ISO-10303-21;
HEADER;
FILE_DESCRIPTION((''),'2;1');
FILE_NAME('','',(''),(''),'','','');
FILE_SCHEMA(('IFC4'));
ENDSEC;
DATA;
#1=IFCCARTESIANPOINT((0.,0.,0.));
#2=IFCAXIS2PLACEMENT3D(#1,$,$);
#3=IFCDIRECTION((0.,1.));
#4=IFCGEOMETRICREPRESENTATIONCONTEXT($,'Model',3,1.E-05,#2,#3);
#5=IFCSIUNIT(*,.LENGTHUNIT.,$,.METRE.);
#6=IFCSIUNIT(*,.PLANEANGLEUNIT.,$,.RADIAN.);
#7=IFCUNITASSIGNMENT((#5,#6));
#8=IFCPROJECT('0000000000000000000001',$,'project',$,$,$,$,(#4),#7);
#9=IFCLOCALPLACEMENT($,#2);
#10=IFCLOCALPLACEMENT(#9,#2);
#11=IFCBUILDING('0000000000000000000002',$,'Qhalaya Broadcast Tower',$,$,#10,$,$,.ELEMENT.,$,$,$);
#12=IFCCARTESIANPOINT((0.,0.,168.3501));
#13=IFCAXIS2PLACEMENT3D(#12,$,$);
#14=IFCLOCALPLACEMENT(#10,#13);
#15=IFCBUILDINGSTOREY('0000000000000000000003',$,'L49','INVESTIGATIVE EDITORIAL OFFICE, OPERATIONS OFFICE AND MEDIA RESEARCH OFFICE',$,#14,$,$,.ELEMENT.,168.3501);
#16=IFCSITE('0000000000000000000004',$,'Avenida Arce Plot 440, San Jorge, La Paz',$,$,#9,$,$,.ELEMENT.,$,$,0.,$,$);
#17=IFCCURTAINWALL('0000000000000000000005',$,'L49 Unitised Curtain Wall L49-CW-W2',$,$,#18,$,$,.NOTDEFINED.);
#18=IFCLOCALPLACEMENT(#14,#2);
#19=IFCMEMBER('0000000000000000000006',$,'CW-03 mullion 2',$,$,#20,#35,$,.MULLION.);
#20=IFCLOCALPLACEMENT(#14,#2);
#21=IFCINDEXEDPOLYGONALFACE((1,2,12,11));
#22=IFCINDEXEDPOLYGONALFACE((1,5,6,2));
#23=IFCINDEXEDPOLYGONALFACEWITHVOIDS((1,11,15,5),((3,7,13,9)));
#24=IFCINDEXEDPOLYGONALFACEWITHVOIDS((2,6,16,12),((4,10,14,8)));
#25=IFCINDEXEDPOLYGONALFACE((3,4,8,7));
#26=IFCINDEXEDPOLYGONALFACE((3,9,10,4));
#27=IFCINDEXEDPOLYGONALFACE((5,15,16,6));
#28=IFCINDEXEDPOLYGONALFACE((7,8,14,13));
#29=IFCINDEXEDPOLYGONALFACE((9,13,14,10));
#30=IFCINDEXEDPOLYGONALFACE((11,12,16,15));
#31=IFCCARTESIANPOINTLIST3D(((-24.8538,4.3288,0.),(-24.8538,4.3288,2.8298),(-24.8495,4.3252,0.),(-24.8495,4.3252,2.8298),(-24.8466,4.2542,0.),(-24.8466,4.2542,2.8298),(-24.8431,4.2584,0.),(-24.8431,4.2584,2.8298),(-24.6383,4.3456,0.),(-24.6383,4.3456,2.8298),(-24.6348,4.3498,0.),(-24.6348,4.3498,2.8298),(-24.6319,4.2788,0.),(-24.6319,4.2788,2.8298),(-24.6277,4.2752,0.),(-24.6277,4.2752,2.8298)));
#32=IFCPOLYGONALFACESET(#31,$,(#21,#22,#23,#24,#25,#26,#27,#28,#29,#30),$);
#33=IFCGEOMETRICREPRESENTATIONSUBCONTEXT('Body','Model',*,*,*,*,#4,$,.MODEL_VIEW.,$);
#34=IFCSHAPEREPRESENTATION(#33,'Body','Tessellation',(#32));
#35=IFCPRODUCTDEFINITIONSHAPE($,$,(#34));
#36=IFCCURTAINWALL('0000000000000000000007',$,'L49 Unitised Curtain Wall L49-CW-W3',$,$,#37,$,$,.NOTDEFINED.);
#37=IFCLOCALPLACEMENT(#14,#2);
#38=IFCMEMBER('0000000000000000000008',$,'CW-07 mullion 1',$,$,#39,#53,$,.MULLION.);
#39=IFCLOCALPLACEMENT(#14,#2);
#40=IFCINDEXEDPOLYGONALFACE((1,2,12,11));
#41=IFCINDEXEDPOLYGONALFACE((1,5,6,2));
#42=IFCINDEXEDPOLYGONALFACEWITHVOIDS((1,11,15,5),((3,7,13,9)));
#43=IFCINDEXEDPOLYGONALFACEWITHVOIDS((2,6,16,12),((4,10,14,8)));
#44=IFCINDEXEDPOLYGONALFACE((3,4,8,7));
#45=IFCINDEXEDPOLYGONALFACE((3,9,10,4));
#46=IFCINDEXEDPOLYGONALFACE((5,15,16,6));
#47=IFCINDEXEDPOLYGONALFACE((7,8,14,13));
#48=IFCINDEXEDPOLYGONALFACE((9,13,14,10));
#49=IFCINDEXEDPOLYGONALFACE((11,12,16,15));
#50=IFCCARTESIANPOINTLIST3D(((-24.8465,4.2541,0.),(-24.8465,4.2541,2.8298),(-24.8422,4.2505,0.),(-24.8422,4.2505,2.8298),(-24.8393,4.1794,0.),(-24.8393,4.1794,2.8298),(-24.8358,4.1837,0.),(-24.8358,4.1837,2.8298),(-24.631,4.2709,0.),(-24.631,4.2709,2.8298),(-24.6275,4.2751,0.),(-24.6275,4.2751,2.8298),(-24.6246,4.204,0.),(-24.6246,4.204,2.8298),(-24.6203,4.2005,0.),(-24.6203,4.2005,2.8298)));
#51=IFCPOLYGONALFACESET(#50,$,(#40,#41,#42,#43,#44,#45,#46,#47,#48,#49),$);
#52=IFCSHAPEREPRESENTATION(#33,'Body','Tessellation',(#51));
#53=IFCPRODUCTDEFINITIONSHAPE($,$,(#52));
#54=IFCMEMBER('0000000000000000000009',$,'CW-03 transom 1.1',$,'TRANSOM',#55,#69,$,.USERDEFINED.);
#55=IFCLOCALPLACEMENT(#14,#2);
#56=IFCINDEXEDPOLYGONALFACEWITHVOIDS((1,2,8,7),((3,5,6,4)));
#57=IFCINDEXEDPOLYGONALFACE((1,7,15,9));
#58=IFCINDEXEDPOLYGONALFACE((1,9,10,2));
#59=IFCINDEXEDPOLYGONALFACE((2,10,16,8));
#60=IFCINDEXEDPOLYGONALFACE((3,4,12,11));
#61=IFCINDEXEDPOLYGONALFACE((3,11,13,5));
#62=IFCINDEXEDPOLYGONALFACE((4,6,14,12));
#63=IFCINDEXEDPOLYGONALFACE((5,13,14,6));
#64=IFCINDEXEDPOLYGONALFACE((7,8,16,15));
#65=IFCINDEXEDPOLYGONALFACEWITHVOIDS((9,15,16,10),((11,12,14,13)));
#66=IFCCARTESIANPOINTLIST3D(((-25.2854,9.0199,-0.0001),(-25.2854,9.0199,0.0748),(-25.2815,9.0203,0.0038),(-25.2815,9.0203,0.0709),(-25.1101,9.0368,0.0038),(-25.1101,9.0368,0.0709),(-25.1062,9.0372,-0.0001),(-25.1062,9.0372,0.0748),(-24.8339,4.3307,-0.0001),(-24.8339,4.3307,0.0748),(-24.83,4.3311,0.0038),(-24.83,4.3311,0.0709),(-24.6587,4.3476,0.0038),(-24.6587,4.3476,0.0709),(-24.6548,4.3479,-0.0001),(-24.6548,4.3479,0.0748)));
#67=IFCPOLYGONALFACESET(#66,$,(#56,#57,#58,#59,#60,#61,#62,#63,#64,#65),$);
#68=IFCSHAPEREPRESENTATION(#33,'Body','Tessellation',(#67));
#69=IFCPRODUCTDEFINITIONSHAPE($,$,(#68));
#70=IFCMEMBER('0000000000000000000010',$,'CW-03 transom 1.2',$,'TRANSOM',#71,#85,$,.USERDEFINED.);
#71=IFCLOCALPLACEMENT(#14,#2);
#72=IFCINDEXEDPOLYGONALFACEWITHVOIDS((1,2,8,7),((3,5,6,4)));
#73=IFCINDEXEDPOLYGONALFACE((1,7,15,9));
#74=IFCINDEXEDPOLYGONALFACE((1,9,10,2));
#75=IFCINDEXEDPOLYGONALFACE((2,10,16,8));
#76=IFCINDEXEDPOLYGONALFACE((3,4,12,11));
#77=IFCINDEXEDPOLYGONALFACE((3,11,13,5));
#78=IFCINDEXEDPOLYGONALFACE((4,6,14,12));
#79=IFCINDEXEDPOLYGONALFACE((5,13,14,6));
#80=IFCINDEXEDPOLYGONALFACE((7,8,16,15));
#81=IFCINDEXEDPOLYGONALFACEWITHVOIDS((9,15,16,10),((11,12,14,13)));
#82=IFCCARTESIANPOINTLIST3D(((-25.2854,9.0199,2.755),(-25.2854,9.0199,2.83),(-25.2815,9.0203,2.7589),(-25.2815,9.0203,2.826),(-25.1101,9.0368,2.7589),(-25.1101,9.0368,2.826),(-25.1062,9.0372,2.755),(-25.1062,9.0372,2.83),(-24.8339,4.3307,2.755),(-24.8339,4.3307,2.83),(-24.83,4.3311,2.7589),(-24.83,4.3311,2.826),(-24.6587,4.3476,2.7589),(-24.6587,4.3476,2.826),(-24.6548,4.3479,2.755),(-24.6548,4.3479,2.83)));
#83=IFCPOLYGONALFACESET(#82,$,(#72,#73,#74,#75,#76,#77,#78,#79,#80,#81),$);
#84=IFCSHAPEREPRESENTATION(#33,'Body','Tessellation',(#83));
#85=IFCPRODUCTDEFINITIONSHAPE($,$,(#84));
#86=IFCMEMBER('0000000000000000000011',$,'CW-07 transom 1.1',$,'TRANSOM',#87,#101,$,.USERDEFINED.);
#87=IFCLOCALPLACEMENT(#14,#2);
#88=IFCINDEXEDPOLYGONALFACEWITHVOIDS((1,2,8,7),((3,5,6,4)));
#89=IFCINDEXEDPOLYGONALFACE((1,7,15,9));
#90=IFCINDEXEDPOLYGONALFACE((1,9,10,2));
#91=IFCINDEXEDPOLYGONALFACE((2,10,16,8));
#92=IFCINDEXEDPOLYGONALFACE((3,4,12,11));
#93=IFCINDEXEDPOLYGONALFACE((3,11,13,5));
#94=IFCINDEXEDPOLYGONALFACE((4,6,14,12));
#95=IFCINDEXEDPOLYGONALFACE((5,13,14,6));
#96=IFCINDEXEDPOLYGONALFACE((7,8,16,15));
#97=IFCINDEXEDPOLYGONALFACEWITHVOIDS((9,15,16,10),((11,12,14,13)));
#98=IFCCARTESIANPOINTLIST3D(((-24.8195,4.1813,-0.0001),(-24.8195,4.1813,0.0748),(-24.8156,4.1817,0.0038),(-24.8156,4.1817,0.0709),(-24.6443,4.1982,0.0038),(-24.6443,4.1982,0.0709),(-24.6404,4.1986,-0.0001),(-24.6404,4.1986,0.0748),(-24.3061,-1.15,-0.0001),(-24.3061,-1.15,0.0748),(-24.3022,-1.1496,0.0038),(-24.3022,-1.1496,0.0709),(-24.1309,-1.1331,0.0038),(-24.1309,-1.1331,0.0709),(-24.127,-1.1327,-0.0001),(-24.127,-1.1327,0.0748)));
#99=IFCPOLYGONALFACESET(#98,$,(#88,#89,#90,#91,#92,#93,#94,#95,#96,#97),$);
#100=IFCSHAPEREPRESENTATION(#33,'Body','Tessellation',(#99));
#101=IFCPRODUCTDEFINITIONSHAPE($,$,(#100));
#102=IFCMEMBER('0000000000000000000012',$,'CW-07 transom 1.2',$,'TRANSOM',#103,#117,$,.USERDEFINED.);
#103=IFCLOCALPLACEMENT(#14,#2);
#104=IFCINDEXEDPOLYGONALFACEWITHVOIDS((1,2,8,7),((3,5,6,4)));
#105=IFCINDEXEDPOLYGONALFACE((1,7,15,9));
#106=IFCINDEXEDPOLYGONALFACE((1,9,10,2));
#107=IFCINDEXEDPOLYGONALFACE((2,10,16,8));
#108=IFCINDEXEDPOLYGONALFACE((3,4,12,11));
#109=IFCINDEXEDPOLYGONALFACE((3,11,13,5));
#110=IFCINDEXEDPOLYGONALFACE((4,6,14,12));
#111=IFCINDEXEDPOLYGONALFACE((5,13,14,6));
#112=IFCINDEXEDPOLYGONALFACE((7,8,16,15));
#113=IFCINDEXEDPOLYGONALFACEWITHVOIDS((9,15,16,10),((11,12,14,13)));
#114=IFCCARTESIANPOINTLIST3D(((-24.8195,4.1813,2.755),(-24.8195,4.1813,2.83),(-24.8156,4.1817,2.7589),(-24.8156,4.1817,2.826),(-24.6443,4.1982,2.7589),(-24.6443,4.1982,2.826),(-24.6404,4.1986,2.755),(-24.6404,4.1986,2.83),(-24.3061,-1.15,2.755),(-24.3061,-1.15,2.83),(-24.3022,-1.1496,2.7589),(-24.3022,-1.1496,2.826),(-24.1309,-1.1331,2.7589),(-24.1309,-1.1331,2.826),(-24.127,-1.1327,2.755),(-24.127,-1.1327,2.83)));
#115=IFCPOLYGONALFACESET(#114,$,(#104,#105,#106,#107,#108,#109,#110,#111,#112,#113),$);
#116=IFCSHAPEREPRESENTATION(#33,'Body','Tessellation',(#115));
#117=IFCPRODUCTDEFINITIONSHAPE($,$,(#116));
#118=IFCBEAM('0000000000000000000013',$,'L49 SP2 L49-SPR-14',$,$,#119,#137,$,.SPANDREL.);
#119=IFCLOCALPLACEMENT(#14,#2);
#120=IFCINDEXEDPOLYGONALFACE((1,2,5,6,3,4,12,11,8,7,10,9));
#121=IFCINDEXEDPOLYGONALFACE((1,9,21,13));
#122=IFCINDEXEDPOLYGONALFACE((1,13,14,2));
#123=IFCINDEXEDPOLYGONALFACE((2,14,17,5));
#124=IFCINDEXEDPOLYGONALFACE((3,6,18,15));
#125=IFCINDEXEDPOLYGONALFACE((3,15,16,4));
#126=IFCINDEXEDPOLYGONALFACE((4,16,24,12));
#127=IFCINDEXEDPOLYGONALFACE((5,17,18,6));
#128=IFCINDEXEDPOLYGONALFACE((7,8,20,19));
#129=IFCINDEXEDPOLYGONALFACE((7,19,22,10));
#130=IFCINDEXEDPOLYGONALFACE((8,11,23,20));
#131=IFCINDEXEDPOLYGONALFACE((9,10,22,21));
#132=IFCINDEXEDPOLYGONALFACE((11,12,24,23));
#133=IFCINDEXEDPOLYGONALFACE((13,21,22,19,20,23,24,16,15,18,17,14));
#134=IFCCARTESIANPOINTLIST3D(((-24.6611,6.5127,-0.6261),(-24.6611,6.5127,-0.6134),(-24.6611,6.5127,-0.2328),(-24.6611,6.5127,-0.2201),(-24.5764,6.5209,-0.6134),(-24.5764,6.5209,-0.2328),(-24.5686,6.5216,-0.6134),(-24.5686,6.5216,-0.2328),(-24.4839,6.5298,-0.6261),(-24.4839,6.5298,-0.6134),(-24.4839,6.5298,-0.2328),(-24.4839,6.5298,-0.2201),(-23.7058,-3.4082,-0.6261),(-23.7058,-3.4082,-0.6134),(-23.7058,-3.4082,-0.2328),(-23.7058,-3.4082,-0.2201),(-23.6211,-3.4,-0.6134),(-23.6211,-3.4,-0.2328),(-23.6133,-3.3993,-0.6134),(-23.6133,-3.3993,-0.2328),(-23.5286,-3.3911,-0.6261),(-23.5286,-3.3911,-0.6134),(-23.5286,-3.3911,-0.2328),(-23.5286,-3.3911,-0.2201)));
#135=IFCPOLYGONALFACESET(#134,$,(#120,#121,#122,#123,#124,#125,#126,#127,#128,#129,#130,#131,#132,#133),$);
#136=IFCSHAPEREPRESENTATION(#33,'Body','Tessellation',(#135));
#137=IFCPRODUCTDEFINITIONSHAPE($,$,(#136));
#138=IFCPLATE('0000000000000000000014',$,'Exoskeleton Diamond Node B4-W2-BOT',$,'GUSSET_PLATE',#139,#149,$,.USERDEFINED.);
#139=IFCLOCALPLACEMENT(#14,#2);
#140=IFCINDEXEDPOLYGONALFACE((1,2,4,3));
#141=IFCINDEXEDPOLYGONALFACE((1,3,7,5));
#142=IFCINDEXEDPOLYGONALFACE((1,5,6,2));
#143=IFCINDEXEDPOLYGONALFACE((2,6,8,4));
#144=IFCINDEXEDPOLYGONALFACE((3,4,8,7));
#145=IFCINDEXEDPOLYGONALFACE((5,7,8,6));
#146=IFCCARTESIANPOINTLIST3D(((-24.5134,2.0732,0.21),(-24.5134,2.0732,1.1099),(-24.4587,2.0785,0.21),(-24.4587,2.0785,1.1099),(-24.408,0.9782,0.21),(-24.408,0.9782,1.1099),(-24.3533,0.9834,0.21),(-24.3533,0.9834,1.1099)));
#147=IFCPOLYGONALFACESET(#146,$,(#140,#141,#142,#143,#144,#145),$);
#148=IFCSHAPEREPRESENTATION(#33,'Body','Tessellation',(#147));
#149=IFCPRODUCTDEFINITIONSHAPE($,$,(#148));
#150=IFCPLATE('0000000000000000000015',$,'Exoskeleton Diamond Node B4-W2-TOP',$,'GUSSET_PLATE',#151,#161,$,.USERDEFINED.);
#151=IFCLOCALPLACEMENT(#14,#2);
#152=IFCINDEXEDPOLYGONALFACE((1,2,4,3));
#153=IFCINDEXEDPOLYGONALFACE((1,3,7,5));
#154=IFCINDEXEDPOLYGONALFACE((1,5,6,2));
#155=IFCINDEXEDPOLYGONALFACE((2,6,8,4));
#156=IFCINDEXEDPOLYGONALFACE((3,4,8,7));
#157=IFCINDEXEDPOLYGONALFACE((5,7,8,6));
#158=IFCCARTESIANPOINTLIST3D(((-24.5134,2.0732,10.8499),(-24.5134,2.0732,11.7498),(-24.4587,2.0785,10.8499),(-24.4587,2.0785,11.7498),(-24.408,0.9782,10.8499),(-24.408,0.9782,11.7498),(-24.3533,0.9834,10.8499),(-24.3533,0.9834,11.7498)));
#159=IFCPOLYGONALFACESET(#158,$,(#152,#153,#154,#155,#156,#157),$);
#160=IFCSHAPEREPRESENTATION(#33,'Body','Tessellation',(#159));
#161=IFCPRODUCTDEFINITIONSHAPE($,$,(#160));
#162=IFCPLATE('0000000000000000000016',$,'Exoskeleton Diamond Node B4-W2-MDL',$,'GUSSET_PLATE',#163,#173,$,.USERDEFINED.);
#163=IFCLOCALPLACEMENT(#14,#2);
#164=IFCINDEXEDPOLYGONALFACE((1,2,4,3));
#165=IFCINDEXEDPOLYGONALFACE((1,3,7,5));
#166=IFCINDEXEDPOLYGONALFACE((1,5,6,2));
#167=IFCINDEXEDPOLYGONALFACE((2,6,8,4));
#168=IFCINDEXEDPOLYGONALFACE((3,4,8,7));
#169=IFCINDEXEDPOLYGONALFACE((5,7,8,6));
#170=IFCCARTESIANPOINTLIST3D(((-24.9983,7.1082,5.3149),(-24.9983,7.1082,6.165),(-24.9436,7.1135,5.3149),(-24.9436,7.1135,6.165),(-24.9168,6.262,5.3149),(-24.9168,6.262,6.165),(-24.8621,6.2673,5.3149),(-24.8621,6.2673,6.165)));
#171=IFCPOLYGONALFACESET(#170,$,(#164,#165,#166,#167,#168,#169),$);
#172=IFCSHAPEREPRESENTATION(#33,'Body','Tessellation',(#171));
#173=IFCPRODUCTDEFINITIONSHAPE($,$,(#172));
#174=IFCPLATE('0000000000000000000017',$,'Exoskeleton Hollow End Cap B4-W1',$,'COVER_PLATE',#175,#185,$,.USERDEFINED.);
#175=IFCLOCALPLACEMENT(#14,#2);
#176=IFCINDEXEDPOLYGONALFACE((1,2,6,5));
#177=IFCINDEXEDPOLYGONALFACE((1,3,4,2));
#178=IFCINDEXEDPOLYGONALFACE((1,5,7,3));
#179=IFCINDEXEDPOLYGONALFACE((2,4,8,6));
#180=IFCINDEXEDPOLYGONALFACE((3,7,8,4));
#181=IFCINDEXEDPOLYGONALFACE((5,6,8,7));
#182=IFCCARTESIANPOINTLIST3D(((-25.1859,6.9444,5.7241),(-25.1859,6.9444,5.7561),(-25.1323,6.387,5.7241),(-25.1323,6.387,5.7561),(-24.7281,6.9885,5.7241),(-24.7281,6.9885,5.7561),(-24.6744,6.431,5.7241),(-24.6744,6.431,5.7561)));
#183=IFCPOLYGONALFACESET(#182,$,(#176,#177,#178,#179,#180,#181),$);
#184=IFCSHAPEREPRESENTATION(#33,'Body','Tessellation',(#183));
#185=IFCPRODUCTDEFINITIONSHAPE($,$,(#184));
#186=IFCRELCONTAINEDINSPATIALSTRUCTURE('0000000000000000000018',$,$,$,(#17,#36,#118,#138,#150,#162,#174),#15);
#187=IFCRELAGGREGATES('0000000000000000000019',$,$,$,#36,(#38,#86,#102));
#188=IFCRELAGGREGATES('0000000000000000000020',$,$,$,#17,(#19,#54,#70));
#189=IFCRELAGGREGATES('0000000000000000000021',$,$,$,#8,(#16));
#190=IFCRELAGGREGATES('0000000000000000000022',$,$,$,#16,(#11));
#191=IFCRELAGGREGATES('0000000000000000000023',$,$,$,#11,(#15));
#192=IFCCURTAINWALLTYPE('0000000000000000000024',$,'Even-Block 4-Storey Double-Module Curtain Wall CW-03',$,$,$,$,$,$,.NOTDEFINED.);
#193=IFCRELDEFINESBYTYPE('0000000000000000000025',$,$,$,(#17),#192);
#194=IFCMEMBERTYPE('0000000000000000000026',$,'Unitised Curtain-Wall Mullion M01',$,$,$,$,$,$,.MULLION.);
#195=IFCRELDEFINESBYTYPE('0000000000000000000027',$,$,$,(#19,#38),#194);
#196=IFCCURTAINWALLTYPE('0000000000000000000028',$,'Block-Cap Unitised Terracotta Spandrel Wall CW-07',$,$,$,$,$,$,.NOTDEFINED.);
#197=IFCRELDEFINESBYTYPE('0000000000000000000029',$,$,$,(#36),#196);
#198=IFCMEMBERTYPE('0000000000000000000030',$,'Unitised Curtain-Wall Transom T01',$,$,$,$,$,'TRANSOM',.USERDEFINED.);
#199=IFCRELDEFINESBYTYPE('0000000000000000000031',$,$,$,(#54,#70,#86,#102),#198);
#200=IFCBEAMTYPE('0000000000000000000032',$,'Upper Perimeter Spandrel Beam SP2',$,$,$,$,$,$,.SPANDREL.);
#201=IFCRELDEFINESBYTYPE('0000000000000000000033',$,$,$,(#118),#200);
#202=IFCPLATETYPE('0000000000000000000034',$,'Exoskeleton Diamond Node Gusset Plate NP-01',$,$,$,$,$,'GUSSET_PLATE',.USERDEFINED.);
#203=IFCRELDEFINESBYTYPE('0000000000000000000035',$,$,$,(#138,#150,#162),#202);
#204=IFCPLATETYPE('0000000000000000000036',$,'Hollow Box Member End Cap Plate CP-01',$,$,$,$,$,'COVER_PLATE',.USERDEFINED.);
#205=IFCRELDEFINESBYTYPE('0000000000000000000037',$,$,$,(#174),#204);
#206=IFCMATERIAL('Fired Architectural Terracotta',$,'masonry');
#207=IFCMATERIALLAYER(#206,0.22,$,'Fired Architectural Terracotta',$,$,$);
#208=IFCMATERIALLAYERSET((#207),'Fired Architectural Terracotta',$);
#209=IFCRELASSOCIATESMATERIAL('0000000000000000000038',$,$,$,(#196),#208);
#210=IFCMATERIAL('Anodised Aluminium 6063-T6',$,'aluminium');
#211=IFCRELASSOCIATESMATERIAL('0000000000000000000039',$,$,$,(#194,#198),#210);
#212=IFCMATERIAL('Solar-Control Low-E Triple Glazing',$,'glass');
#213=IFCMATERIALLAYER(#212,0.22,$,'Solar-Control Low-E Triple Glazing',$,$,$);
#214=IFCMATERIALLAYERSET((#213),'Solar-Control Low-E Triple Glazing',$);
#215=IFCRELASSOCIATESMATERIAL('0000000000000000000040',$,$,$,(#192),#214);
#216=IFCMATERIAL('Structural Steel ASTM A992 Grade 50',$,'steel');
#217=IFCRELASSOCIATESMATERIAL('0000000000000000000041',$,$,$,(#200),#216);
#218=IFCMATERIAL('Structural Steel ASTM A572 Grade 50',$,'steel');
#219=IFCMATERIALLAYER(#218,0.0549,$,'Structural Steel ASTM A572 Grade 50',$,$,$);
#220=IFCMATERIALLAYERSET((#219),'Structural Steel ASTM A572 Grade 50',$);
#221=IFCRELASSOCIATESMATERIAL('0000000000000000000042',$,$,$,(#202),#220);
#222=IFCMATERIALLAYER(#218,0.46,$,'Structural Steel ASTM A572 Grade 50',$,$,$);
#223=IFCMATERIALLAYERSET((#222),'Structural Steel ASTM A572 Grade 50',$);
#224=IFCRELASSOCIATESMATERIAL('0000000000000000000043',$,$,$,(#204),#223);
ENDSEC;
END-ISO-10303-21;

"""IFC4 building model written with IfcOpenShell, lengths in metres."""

from ifc_helpers import new_model, si_unit, direction, frame, origin, origin_2d, place, context, subcontext, project, spatial, rectangle, hollow_rectangle, i_section, extrude, material, layer, layer_set, material_profile, profile_set, type_object, element, aggregate, save


model = new_model("IFC4")

# Units and contexts
model_context = context("Model", 3, precision=1e-05, world=origin(), true_north=direction((0.0, 1.0)))
body_context = subcontext(model_context, "Body", "Model", "MODEL_VIEW")
ifc_project = project(units=[si_unit("LENGTHUNIT", "METRE"), si_unit("PLANEANGLEUNIT", "RADIAN")], contexts=[model_context])

# Site, building, storey
site_placement = place(None, origin())
site = spatial("IfcSite", under=ifc_project, at=site_placement, Name="Avenida Arce Plot 440, San Jorge, La Paz", CompositionType="ELEMENT", RefElevation=0.0)
building_placement = place(site_placement, origin())
building = spatial("IfcBuilding", under=site, at=building_placement, Name="Qhalaya Broadcast Tower", CompositionType="ELEMENT")
storey_placement = place(building_placement, frame((0.0, 0.0, 168.3501)))
storey = spatial("IfcBuildingStorey", under=building, at=storey_placement, Name="L49", Description="INVESTIGATIVE EDITORIAL OFFICE, OPERATIONS OFFICE AND MEDIA RESEARCH OFFICE", CompositionType="ELEMENT", Elevation=168.3501)

# Shared definitions
ifc_material_1 = material(Name="Structural Steel ASTM A572 Grade 50", Category="steel")

# Shared definitions
ifc_material_2 = material(Name="Structural Steel ASTM A992 Grade 50", Category="steel")

# Shared definitions
ifc_material_3 = material(Name="Fired Architectural Terracotta", Category="masonry")
ifc_layer_1 = layer(ifc_material_3, 0.22, Name="Fired Architectural Terracotta")
ifc_layer_set_1 = layer_set([ifc_layer_1], Name="Fired Architectural Terracotta")
curtain_wall_type_1 = type_object("IfcCurtainWallType", Name="Block-Cap Unitised Terracotta Spandrel Wall CW-07", PredefinedType="NOTDEFINED", material=ifc_layer_set_1)
ifc_material_4 = material(Name="Anodised Aluminium 6063-T6", Category="aluminium")
ifc_material_profile_1 = material_profile(ifc_material_4, hollow_rectangle(XDim=0.075, YDim=0.22, WallThickness=0.0039, at=origin_2d()), Name="ALU-MUL 75x220x4")
ifc_profile_set_1 = profile_set([ifc_material_profile_1], Name="Anodised Aluminium 6063-T6")
member_type_1 = type_object("IfcMemberType", Name="Unitised Curtain-Wall Mullion M01", PredefinedType="MULLION", material=ifc_profile_set_1)

# Curtain wall, member
ifc_material_5 = material(Name="Solar-Control Low-E Triple Glazing", Category="glass")
ifc_layer_2 = layer(ifc_material_5, 0.22, Name="Solar-Control Low-E Triple Glazing")
ifc_layer_set_2 = layer_set([ifc_layer_2], Name="Solar-Control Low-E Triple Glazing")
curtain_wall_type_2 = type_object("IfcCurtainWallType", Name="Even-Block 4-Storey Double-Module Curtain Wall CW-03", PredefinedType="NOTDEFINED", material=ifc_layer_set_2)
curtain_wall_1_placement = place(storey_placement, origin())
curtain_wall_1 = element("IfcCurtainWall", 1, at=curtain_wall_1_placement, inside=storey, type_object=curtain_wall_type_2, Name="L49 Unitised Curtain Wall L49-CW-W2", PredefinedType="NOTDEFINED")
member_1_placement = place(storey_placement, frame((-24.7407, 4.302, 0.0), z_axis=(0.0, 0.0, 1.0), x_axis=(0.095845, -0.995396, 0.0)))
member_1 = element("IfcMember", 2, at=member_1_placement, type_object=member_type_1, Name="CW-03 mullion 2", PredefinedType="MULLION", context=body_context, shape_type="SweptSolid", body=[
    extrude(hollow_rectangle(XDim=0.075, YDim=0.22, WallThickness=0.0039, at=origin_2d()), origin(), (0.0, 0.0, 1.0), 2.8298),
])

# Curtain wall, member
curtain_wall_2_placement = place(storey_placement, origin())
curtain_wall_2 = element("IfcCurtainWall", 3, at=curtain_wall_2_placement, inside=storey, type_object=curtain_wall_type_1, Name="L49 Unitised Curtain Wall L49-CW-W3", PredefinedType="NOTDEFINED")
member_2_placement = place(storey_placement, frame((-24.7334, 4.2273, 0.0), z_axis=(0.0, 0.0, 1.0), x_axis=(0.095858, -0.995395, 0.0)))
member_2 = element("IfcMember", 4, at=member_2_placement, type_object=member_type_1, Name="CW-07 mullion 1", PredefinedType="MULLION", context=body_context, shape_type="SweptSolid", body=[
    extrude(hollow_rectangle(XDim=0.075, YDim=0.22, WallThickness=0.0039, at=origin_2d()), origin(), (0.0, 0.0, 1.0), 2.8298),
])

# Members
ifc_material_profile_2 = material_profile(ifc_material_4, hollow_rectangle(XDim=0.075, YDim=0.1799, WallThickness=0.0039, at=origin_2d()), Name="ALU-TRN 75x180x4")
ifc_profile_set_2 = profile_set([ifc_material_profile_2], Name="Anodised Aluminium 6063-T6")
member_type_2 = type_object("IfcMemberType", Name="Unitised Curtain-Wall Transom T01", ElementType="TRANSOM", PredefinedType="USERDEFINED", material=ifc_profile_set_2)
member_3_placement = place(storey_placement, frame((-25.1958, 9.0286, 0.0374), z_axis=(0.095824, -0.995398, 0.0), x_axis=(0.0, 0.0, 1.0)))
member_3 = element("IfcMember", 5, at=member_3_placement, type_object=member_type_2, Name="CW-03 transom 1.1", ObjectType="TRANSOM", PredefinedType="USERDEFINED", context=body_context, shape_type="SweptSolid", body=[
    extrude(hollow_rectangle(XDim=0.075, YDim=0.1799, WallThickness=0.0039, at=origin_2d()), origin(), (0.0, 0.0, 1.0), 4.7109),
])
member_4_placement = place(storey_placement, frame((-25.1958, 9.0286, 2.7925), z_axis=(0.095824, -0.995398, 0.0), x_axis=(0.0, 0.0, 1.0)))
member_4 = element("IfcMember", 6, at=member_4_placement, type_object=member_type_2, Name="CW-03 transom 1.2", ObjectType="TRANSOM", PredefinedType="USERDEFINED", context=body_context, shape_type="SweptSolid", body=[
    extrude(hollow_rectangle(XDim=0.075, YDim=0.1799, WallThickness=0.0039, at=origin_2d()), origin(), (0.0, 0.0, 1.0), 4.7109),
])
member_5_placement = place(storey_placement, frame((-24.73, 4.1899, 0.0374), z_axis=(0.095861, -0.995395, 0.0), x_axis=(0.0, 0.0, 1.0)))
member_5 = element("IfcMember", 7, at=member_5_placement, type_object=member_type_2, Name="CW-07 transom 1.1", ObjectType="TRANSOM", PredefinedType="USERDEFINED", context=body_context, shape_type="SweptSolid", body=[
    extrude(hollow_rectangle(XDim=0.075, YDim=0.1799, WallThickness=0.0039, at=origin_2d()), origin(), (0.0, 0.0, 1.0), 5.356),
])
member_6_placement = place(storey_placement, frame((-24.73, 4.1899, 2.7925), z_axis=(0.095861, -0.995395, 0.0), x_axis=(0.0, 0.0, 1.0)))
member_6 = element("IfcMember", 8, at=member_6_placement, type_object=member_type_2, Name="CW-07 transom 1.2", ObjectType="TRANSOM", PredefinedType="USERDEFINED", context=body_context, shape_type="SweptSolid", body=[
    extrude(hollow_rectangle(XDim=0.075, YDim=0.1799, WallThickness=0.0039, at=origin_2d()), origin(), (0.0, 0.0, 1.0), 5.356),
])

# Beam
ifc_material_profile_3 = material_profile(ifc_material_2, i_section(OverallWidth=0.178, OverallDepth=0.406, WebThickness=0.0078, FlangeThickness=0.0127, at=origin_2d()), Name="W16X40")
ifc_profile_set_3 = profile_set([ifc_material_profile_3], Name="Structural Steel ASTM A992 Grade 50")
beam_type_1 = type_object("IfcBeamType", Name="Upper Perimeter Spandrel Beam SP2", PredefinedType="SPANDREL", material=ifc_profile_set_3)
beam_1_placement = place(storey_placement, frame((-24.5725, 6.5212, -0.4231), z_axis=(0.095851, -0.995396, 0.0), x_axis=(0.995396, 0.095851, 0.0)))
element("IfcBeam", 9, at=beam_1_placement, inside=storey, type_object=beam_type_1, Name="L49 SP2 L49-SPR-14", PredefinedType="SPANDREL", context=body_context, shape_type="SweptSolid", body=[
    extrude(i_section(OverallWidth=0.178, OverallDepth=0.406, WebThickness=0.0078, FlangeThickness=0.0127, at=origin_2d()), origin(), (0.0, 0.0, 1.0), 9.9668),
])

# Plates
ifc_layer_3 = layer(ifc_material_1, 0.0549, Name="Structural Steel ASTM A572 Grade 50")
ifc_layer_set_3 = layer_set([ifc_layer_3], Name="Structural Steel ASTM A572 Grade 50")
plate_type_1 = type_object("IfcPlateType", Name="Exoskeleton Diamond Node Gusset Plate NP-01", ElementType="GUSSET_PLATE", PredefinedType="USERDEFINED", material=ifc_layer_set_3)
for number, where, z_axis, x_axis, name in (
    (10, (-24.4333, 1.5283, 0.21), (0.0, 0.0, 1.0), (-0.095846, 0.995396, 0.0), "Exoskeleton Diamond Node B4-W2-BOT"),
    (11, (-24.4333, 1.5283, 10.8499), (0.0, 0.0, 1.0), (-0.095846, 0.995396, 0.0), "Exoskeleton Diamond Node B4-W2-TOP"),
):
    element("IfcPlate", number, at=place(storey_placement, frame(where, z_axis=z_axis, x_axis=x_axis)), inside=storey, type_object=plate_type_1, Name=name, ObjectType="GUSSET_PLATE", PredefinedType="USERDEFINED", context=body_context, shape_type="SweptSolid", body=[
        extrude(rectangle(XDim=1.1001, YDim=0.0549, at=origin_2d()), origin(), (0.0, 0.0, 1.0), 0.8999),
    ])
plate_1_placement = place(storey_placement, frame((-24.9302, 6.6877, 5.3149), z_axis=(0.0, 0.0, 1.0), x_axis=(-0.095846, 0.995396, 0.0)))
element("IfcPlate", 12, at=plate_1_placement, inside=storey, type_object=plate_type_1, Name="Exoskeleton Diamond Node B4-W2-MDL", ObjectType="GUSSET_PLATE", PredefinedType="USERDEFINED", context=body_context, shape_type="SweptSolid", body=[
    extrude(rectangle(XDim=0.8501, YDim=0.0549, at=origin_2d()), origin(), (0.0, 0.0, 1.0), 0.8501),
])
ifc_layer_4 = layer(ifc_material_1, 0.46, Name="Structural Steel ASTM A572 Grade 50")
ifc_layer_set_4 = layer_set([ifc_layer_4], Name="Structural Steel ASTM A572 Grade 50")
plate_type_2 = type_object("IfcPlateType", Name="Hollow Box Member End Cap Plate CP-01", ElementType="COVER_PLATE", PredefinedType="USERDEFINED", material=ifc_layer_set_4)
plate_2_placement = place(storey_placement, frame((-24.9302, 6.6877, 5.7241), z_axis=(0.0, 0.0, 1.0), x_axis=(-0.095846, 0.995396, 0.0)))
element("IfcPlate", 13, at=plate_2_placement, inside=storey, type_object=plate_type_2, Name="Exoskeleton Hollow End Cap B4-W1", ObjectType="COVER_PLATE", PredefinedType="USERDEFINED", context=body_context, shape_type="SweptSolid", body=[
    extrude(rectangle(XDim=0.5601, YDim=0.46, at=origin_2d()), origin(), (0.0, 0.0, 1.0), 0.032),
])

aggregate(curtain_wall_2, [member_2, member_5, member_6])
aggregate(curtain_wall_1, [member_1, member_3, member_4])

save(model, "model.ifc")
